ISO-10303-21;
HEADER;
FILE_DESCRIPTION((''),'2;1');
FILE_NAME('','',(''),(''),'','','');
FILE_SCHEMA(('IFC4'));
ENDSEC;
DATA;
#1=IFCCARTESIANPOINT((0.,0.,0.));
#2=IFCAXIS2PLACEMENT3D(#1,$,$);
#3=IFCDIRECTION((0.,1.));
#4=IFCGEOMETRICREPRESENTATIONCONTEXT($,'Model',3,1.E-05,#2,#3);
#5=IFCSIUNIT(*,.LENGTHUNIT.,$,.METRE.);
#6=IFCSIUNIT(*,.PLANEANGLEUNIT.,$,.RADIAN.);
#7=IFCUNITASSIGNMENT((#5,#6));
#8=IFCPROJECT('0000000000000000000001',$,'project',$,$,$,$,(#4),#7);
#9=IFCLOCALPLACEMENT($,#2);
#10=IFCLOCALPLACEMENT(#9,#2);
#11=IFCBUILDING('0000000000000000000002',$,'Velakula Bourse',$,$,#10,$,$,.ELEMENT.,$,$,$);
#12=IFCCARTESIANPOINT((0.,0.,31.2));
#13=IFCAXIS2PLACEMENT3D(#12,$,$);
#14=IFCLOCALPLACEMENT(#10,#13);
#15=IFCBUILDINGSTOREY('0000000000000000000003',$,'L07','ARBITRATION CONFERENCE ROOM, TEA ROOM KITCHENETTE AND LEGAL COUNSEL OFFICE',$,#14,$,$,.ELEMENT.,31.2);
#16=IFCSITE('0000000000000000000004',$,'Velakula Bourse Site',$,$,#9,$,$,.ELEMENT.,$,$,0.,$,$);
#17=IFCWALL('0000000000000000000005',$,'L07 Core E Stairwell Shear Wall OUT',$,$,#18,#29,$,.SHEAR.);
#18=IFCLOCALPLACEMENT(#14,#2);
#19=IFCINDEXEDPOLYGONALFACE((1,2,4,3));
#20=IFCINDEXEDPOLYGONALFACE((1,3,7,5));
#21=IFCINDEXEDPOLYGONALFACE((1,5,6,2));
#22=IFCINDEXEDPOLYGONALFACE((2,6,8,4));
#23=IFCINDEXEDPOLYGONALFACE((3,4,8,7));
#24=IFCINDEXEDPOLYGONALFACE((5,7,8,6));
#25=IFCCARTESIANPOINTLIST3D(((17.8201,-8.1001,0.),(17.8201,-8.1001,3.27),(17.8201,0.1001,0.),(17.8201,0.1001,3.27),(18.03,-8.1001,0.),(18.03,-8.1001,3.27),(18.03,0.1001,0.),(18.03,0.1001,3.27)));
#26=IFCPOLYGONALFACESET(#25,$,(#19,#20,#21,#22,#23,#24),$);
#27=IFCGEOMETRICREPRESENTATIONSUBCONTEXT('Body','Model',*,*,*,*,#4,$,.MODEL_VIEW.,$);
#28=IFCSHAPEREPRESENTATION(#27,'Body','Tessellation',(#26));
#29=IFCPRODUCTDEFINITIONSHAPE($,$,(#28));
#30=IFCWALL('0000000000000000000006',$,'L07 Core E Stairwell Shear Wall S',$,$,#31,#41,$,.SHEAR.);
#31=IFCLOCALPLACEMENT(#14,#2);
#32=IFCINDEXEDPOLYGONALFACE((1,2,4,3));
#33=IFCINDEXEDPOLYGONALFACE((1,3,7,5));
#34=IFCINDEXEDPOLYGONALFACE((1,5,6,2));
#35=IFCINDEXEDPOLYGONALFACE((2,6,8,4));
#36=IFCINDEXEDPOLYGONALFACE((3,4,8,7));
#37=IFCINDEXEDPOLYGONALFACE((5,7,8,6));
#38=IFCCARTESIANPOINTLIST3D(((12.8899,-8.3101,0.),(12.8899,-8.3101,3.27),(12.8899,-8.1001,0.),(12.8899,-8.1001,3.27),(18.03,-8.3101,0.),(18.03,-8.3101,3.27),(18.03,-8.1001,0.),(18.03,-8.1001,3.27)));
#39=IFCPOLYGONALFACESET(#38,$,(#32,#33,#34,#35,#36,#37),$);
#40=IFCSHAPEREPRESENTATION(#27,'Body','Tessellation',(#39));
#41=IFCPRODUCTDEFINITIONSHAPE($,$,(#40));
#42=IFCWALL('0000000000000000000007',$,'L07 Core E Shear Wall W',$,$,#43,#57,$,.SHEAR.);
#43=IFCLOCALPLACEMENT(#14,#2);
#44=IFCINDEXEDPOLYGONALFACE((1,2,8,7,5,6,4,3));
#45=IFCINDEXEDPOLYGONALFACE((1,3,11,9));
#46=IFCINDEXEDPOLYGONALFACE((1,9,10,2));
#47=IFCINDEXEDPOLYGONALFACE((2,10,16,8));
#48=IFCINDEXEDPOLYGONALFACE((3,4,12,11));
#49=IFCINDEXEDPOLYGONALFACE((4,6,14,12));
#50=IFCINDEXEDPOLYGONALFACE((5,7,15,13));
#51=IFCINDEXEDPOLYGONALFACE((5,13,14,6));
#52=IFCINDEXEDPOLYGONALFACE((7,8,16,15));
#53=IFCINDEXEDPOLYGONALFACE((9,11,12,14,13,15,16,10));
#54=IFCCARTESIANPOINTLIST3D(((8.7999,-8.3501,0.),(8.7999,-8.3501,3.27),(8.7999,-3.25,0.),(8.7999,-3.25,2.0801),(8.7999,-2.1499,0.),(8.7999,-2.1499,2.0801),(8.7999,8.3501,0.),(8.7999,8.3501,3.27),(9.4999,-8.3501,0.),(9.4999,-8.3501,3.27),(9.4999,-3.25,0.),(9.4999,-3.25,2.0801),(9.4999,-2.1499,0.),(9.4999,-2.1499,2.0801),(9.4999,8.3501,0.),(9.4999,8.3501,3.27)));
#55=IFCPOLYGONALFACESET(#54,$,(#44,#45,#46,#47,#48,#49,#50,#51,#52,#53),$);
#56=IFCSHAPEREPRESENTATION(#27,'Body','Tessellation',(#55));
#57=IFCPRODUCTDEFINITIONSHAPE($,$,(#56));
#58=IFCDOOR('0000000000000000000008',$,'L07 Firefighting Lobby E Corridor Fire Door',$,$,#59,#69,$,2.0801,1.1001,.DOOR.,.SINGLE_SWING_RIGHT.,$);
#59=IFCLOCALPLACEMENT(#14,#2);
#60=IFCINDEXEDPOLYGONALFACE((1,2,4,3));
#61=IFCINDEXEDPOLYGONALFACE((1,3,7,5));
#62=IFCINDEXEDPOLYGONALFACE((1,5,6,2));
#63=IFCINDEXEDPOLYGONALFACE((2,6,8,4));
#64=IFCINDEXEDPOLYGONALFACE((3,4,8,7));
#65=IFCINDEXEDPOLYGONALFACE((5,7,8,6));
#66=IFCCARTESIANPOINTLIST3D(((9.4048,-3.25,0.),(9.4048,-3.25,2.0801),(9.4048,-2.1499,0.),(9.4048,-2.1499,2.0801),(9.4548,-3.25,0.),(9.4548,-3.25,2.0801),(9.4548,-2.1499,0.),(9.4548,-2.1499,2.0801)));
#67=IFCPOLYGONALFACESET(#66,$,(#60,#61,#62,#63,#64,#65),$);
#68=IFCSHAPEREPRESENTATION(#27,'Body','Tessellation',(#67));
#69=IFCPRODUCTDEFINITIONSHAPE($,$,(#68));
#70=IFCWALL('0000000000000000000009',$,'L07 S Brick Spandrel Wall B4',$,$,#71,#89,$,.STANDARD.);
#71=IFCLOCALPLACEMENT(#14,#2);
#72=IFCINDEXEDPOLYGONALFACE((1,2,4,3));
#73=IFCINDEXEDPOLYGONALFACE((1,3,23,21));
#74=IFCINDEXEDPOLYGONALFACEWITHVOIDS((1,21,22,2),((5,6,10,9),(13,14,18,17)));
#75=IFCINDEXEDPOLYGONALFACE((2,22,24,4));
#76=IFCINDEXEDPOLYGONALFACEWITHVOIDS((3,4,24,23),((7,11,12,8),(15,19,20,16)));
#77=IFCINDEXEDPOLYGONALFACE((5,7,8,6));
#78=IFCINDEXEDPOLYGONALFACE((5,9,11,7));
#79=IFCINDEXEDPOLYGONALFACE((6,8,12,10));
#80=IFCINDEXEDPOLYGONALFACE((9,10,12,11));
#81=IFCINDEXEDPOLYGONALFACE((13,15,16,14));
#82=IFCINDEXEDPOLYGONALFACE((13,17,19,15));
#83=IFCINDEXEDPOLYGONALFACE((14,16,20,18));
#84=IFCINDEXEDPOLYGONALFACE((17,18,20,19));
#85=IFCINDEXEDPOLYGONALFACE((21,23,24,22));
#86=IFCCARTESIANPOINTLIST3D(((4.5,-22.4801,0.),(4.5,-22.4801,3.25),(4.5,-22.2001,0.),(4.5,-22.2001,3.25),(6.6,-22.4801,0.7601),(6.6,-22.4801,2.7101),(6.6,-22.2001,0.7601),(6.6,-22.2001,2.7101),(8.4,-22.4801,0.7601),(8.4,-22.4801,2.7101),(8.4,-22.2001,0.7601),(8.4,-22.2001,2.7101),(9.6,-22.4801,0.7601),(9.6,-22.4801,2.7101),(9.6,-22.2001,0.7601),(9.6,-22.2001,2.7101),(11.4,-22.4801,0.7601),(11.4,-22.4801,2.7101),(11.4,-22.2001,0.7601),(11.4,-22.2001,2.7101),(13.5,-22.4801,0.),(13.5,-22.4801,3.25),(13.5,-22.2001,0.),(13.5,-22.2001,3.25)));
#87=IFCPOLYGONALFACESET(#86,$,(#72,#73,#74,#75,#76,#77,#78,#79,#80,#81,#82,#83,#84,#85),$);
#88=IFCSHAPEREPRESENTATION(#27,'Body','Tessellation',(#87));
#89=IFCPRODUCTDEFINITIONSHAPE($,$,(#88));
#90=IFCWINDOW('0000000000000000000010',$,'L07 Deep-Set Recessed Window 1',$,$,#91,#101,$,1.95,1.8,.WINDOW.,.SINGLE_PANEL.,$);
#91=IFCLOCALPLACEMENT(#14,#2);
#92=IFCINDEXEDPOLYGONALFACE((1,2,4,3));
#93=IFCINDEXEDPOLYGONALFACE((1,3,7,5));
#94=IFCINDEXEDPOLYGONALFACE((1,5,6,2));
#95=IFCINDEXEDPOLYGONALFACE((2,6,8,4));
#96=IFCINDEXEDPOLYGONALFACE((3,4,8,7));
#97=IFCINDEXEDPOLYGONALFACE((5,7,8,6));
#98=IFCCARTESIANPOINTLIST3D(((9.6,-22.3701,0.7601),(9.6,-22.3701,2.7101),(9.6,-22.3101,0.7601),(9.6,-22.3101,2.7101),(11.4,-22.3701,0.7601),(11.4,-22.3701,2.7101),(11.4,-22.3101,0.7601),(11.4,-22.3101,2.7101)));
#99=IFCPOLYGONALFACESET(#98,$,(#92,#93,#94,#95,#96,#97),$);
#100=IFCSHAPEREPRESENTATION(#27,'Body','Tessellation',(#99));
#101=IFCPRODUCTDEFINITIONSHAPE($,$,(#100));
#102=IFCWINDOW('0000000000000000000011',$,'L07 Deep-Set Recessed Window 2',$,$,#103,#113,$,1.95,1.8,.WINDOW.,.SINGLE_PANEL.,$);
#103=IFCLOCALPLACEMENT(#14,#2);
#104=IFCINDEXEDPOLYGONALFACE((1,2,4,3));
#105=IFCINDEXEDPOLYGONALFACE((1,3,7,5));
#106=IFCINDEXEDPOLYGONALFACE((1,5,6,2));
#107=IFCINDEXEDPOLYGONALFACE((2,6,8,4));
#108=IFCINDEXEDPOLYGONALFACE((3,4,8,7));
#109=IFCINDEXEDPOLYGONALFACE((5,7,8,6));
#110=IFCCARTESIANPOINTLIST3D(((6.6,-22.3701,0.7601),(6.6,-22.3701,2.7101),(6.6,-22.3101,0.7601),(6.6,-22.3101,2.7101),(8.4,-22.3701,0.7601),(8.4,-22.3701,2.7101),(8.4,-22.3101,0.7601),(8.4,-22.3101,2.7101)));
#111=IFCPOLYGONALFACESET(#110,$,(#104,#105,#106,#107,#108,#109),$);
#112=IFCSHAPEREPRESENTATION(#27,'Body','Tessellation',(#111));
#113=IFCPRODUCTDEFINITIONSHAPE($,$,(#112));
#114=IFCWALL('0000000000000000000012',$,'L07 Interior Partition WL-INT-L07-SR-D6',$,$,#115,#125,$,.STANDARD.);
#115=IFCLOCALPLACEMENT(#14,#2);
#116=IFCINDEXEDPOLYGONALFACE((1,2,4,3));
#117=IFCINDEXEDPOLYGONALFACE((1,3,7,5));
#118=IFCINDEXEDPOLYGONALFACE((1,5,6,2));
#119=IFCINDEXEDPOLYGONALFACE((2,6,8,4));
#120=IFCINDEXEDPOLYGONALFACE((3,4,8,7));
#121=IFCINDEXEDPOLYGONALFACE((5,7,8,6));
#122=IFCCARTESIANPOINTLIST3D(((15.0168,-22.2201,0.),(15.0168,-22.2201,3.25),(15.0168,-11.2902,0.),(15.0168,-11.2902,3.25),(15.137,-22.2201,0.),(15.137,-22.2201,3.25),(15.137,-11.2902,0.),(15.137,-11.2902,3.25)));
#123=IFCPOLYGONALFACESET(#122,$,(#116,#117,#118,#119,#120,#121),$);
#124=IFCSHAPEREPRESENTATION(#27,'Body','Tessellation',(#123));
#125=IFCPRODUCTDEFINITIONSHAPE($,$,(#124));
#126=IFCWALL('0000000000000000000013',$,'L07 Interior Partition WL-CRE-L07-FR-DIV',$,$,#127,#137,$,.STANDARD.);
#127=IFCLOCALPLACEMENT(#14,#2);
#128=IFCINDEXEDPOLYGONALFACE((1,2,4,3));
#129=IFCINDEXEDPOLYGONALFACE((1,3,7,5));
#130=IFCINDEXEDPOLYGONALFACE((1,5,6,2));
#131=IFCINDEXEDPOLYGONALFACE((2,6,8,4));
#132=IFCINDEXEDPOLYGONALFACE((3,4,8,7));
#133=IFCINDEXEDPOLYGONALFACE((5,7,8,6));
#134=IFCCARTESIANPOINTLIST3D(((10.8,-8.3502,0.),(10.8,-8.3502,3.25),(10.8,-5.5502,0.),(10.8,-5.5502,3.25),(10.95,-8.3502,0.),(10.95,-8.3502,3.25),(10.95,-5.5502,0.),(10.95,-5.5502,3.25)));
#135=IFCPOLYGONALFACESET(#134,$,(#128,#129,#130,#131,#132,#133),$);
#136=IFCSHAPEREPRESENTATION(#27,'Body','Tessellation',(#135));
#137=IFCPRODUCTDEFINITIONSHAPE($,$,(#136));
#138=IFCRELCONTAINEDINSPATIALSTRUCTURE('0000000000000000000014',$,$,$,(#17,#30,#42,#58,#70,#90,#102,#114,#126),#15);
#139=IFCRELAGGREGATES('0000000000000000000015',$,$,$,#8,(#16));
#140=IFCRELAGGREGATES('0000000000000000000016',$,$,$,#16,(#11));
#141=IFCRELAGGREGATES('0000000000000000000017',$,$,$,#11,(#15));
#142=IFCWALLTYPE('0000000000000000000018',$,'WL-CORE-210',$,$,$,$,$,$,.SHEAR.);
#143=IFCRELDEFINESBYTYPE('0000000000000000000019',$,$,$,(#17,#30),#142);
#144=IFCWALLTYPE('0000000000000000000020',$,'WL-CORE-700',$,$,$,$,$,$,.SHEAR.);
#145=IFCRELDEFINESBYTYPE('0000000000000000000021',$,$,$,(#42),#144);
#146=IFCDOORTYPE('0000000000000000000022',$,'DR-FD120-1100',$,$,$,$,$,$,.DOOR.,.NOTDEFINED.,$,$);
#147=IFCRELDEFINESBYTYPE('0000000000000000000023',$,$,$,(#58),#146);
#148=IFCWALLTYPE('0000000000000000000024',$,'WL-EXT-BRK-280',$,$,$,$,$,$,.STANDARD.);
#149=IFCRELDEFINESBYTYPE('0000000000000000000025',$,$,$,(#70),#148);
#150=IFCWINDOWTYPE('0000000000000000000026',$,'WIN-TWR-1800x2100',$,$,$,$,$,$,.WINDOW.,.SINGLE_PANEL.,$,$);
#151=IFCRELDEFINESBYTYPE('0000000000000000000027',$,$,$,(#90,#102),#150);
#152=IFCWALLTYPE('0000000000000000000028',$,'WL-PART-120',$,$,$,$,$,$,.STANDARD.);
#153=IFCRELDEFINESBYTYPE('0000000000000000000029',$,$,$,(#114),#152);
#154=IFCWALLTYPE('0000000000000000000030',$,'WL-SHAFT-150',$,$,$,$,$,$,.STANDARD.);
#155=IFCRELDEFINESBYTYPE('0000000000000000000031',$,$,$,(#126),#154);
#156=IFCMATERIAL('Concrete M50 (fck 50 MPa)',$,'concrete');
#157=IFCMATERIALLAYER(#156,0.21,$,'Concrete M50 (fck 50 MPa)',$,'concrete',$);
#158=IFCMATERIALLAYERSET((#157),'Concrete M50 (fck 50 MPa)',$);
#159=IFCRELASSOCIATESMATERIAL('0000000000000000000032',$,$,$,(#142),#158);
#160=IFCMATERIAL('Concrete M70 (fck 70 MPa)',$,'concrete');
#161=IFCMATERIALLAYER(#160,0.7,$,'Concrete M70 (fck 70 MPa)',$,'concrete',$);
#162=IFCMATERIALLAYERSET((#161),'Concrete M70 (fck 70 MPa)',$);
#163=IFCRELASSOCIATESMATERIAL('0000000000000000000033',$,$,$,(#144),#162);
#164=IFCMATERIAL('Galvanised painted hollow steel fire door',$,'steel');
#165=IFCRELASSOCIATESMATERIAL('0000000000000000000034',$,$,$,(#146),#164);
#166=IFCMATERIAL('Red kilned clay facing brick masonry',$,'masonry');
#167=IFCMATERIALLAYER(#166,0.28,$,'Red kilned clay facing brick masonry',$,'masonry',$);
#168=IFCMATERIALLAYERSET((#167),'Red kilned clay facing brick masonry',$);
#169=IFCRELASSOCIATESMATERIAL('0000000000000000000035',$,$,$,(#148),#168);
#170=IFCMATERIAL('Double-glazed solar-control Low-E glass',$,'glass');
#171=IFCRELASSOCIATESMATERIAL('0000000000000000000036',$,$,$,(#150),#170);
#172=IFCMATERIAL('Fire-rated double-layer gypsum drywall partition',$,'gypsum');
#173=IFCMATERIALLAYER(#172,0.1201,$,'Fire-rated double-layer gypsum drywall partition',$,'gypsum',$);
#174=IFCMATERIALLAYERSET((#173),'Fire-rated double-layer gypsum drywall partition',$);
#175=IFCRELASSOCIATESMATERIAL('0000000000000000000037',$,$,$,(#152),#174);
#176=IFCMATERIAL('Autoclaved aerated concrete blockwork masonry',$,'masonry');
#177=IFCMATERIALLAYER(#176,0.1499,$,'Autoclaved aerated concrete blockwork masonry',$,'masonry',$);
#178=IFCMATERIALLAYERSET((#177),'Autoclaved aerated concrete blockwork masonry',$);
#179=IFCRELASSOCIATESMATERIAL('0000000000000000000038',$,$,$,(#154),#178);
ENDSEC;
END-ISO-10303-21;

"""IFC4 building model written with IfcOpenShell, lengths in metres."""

from ifc_helpers import new_model, si_unit, direction, frame, frame_2d, origin, place, context, subcontext, project, spatial, rectangle, extrude, material, layer, layer_set, type_object, element, fill, save


model = new_model("IFC4")

# Units and contexts
model_context = context("Model", 3, precision=1e-05, world=origin(), true_north=direction((0.0, 1.0)))
body_context = subcontext(model_context, "Body", "Model", "MODEL_VIEW")
ifc_project = project(units=[si_unit("LENGTHUNIT", "METRE"), si_unit("PLANEANGLEUNIT", "RADIAN")], contexts=[model_context])

# Site, building, storey
site_placement = place(None, origin())
site = spatial("IfcSite", under=ifc_project, at=site_placement, Name="Velakula Bourse Site", CompositionType="ELEMENT", RefElevation=0.0)
building_placement = place(site_placement, origin())
building = spatial("IfcBuilding", under=site, at=building_placement, Name="Velakula Bourse", CompositionType="ELEMENT")
storey_placement = place(building_placement, frame((0.0, 0.0, 31.2)))
storey = spatial("IfcBuildingStorey", under=building, at=storey_placement, Name="L07", Description="ARBITRATION CONFERENCE ROOM, TEA ROOM KITCHENETTE AND LEGAL COUNSEL OFFICE", CompositionType="ELEMENT", Elevation=31.2)

# Shared definitions
ifc_material_1 = material(Name="Concrete M50 (fck 50 MPa)", Category="concrete")

# Shared definitions
ifc_layer_1 = layer(ifc_material_1, 0.21, Name="Concrete M50 (fck 50 MPa)", Category="concrete")
ifc_layer_set_1 = layer_set([ifc_layer_1], Name="Concrete M50 (fck 50 MPa)")
wall_type_1 = type_object("IfcWallType", Name="WL-CORE-210", PredefinedType="SHEAR", material=ifc_layer_set_1)
ifc_material_2 = material(Name="Galvanised painted hollow steel fire door", Category="steel")

# Walls
wall_1_placement = place(storey_placement, frame((17.925, -8.1001, 0.0), z_axis=(0.0, 0.0, 1.0), x_axis=(0.0, 1.0, 0.0)))
element("IfcWall", 1, at=wall_1_placement, inside=storey, type_object=wall_type_1, Name="L07 Core E Stairwell Shear Wall OUT", PredefinedType="SHEAR", context=body_context, shape_type="SweptSolid", body=[
    extrude(rectangle(XDim=8.2002, YDim=0.21, at=frame_2d((4.1001, 0.0))), origin(), (0.0, 0.0, 1.0), 3.27),
])
wall_2_placement = place(storey_placement, frame((12.8899, -8.2051, 0.0), z_axis=(0.0, 0.0, 1.0), x_axis=(1.0, 0.0, 0.0)))
element("IfcWall", 2, at=wall_2_placement, inside=storey, type_object=wall_type_1, Name="L07 Core E Stairwell Shear Wall S", PredefinedType="SHEAR", context=body_context, shape_type="SweptSolid", body=[
    extrude(rectangle(XDim=5.1401, YDim=0.21, at=frame_2d((2.5701, 0.0))), origin(), (0.0, 0.0, 1.0), 3.27),
])

# Wall, opening, door
ifc_material_3 = material(Name="Concrete M70 (fck 70 MPa)", Category="concrete")
ifc_layer_2 = layer(ifc_material_3, 0.7, Name="Concrete M70 (fck 70 MPa)", Category="concrete")
ifc_layer_set_2 = layer_set([ifc_layer_2], Name="Concrete M70 (fck 70 MPa)")
wall_type_2 = type_object("IfcWallType", Name="WL-CORE-700", PredefinedType="SHEAR", material=ifc_layer_set_2)
wall_3_placement = place(storey_placement, frame((9.1499, -8.3501, 0.0), z_axis=(0.0, 0.0, 1.0), x_axis=(0.0, 1.0, 0.0)))
wall_3 = element("IfcWall", 3, at=wall_3_placement, inside=storey, type_object=wall_type_2, Name="L07 Core E Shear Wall W", PredefinedType="SHEAR", context=body_context, shape_type="SweptSolid", body=[
    extrude(rectangle(XDim=16.7002, YDim=0.7, at=frame_2d((8.3501, 0.0))), origin(), (0.0, 0.0, 1.0), 3.27),
])
opening_1_placement = place(wall_3_placement, frame((5.1001, 0.0, 0.0)))
opening_1 = element("IfcOpeningElement", 4, at=opening_1_placement, cuts=wall_3, PredefinedType="OPENING", context=body_context, shape_type="SweptSolid", body=[
    extrude(rectangle(XDim=1.1001, YDim=2.0801, at=frame_2d((0.55, 1.04))), frame((0.0, 0.3599, 0.0), z_axis=(0.0, -1.0, 0.0), x_axis=(1.0, 0.0, 0.0)), (0.0, 0.0, 1.0), 0.72),
])
door_type_1 = type_object("IfcDoorType", Name="DR-FD120-1100", OperationType="NOTDEFINED", PredefinedType="DOOR", material=ifc_material_2)
door_1_placement = place(opening_1_placement, origin())
door_1 = element("IfcDoor", 5, at=door_1_placement, inside=storey, type_object=door_type_1, Name="L07 Firefighting Lobby E Corridor Fire Door", OperationType="SINGLE_SWING_RIGHT", OverallHeight=2.0801, OverallWidth=1.1001, PredefinedType="DOOR", context=body_context, shape_type="SweptSolid", body=[
    extrude(rectangle(XDim=1.1001, YDim=2.0801, at=frame_2d((0.55, 1.04))), frame((0.0, -0.2549, 0.0), z_axis=(0.0, -1.0, 0.0), x_axis=(1.0, 0.0, 0.0)), (0.0, 0.0, 1.0), 0.05),
])
fill(opening_1, door_1)

# Wall, openings, windows
ifc_material_4 = material(Name="Red kilned clay facing brick masonry", Category="masonry")
ifc_layer_3 = layer(ifc_material_4, 0.28, Name="Red kilned clay facing brick masonry", Category="masonry")
ifc_layer_set_3 = layer_set([ifc_layer_3], Name="Red kilned clay facing brick masonry")
wall_type_3 = type_object("IfcWallType", Name="WL-EXT-BRK-280", PredefinedType="STANDARD", material=ifc_layer_set_3)
wall_4_placement = place(storey_placement, frame((13.5, -22.3401, 0.0), z_axis=(0.0, 0.0, 1.0), x_axis=(-1.0, 0.0, 0.0)))
wall_4 = element("IfcWall", 6, at=wall_4_placement, inside=storey, type_object=wall_type_3, Name="L07 S Brick Spandrel Wall B4", PredefinedType="STANDARD", context=body_context, shape_type="SweptSolid", body=[
    extrude(rectangle(XDim=9.0, YDim=0.28, at=frame_2d((4.5, 0.0))), origin(), (0.0, 0.0, 1.0), 3.25),
])
opening_2_placement = place(wall_4_placement, frame((2.1001, 0.0, 0.76)))
opening_2 = element("IfcOpeningElement", 7, at=opening_2_placement, cuts=wall_4, PredefinedType="OPENING", context=body_context, shape_type="SweptSolid", body=[
    extrude(rectangle(XDim=1.8, YDim=1.95, at=frame_2d((0.8999, 0.9751))), frame((0.0, 0.1499, 0.0), z_axis=(0.0, -1.0, 0.0), x_axis=(1.0, 0.0, 0.0)), (0.0, 0.0, 1.0), 0.3),
])
opening_3_placement = place(wall_4_placement, frame((5.1001, 0.0, 0.76)))
opening_3 = element("IfcOpeningElement", 8, at=opening_3_placement, cuts=wall_4, PredefinedType="OPENING", context=body_context, shape_type="SweptSolid", body=[
    extrude(rectangle(XDim=1.8, YDim=1.95, at=frame_2d((0.8999, 0.9751))), frame((0.0, 0.1499, 0.0), z_axis=(0.0, -1.0, 0.0), x_axis=(1.0, 0.0, 0.0)), (0.0, 0.0, 1.0), 0.3),
])
ifc_material_5 = material(Name="Double-glazed solar-control Low-E glass", Category="glass")
window_type = type_object("IfcWindowType", Name="WIN-TWR-1800x2100", PartitioningType="SINGLE_PANEL", PredefinedType="WINDOW", material=ifc_material_5)
window_1_placement = place(opening_2_placement, origin())
window_1 = element("IfcWindow", 9, at=window_1_placement, inside=storey, type_object=window_type, Name="L07 Deep-Set Recessed Window 1", OverallHeight=1.95, OverallWidth=1.8, PartitioningType="SINGLE_PANEL", PredefinedType="WINDOW", context=body_context, shape_type="SweptSolid", body=[
    extrude(rectangle(XDim=1.8, YDim=1.95, at=frame_2d((0.8999, 0.9751))), frame((0.0, 0.03, 0.0), z_axis=(0.0, -1.0, 0.0), x_axis=(1.0, 0.0, 0.0)), (0.0, 0.0, 1.0), 0.0601),
])
fill(opening_2, window_1)
window_2_placement = place(opening_3_placement, origin())
window_2 = element("IfcWindow", 10, at=window_2_placement, inside=storey, type_object=window_type, Name="L07 Deep-Set Recessed Window 2", OverallHeight=1.95, OverallWidth=1.8, PartitioningType="SINGLE_PANEL", PredefinedType="WINDOW", context=body_context, shape_type="SweptSolid", body=[
    extrude(rectangle(XDim=1.8, YDim=1.95, at=frame_2d((0.8999, 0.9751))), frame((0.0, 0.03, 0.0), z_axis=(0.0, -1.0, 0.0), x_axis=(1.0, 0.0, 0.0)), (0.0, 0.0, 1.0), 0.0601),
])
fill(opening_3, window_2)

# Wall
ifc_material_6 = material(Name="Fire-rated double-layer gypsum drywall partition", Category="gypsum")
ifc_layer_4 = layer(ifc_material_6, 0.1201, Name="Fire-rated double-layer gypsum drywall partition", Category="gypsum")
ifc_layer_set_4 = layer_set([ifc_layer_4], Name="Fire-rated double-layer gypsum drywall partition")
wall_type_4 = type_object("IfcWallType", Name="WL-PART-120", PredefinedType="STANDARD", material=ifc_layer_set_4)
wall_5_placement = place(storey_placement, frame((15.0769, -22.22, 0.0), z_axis=(0.0, 0.0, 1.0), x_axis=(0.0, 1.0, 0.0)))
element("IfcWall", 11, at=wall_5_placement, inside=storey, type_object=wall_type_4, Name="L07 Interior Partition WL-INT-L07-SR-D6", PredefinedType="STANDARD", context=body_context, shape_type="SweptSolid", body=[
    extrude(rectangle(XDim=10.9299, YDim=0.1201, at=frame_2d((5.4648, 0.0))), origin(), (0.0, 0.0, 1.0), 3.25),
])

# Shared definitions
ifc_material_7 = material(Name="Autoclaved aerated concrete blockwork masonry", Category="masonry")
ifc_layer_5 = layer(ifc_material_7, 0.1499, Name="Autoclaved aerated concrete blockwork masonry", Category="masonry")
ifc_layer_set_5 = layer_set([ifc_layer_5], Name="Autoclaved aerated concrete blockwork masonry")
wall_type_5 = type_object("IfcWallType", Name="WL-SHAFT-150", PredefinedType="STANDARD", material=ifc_layer_set_5)

# Wall
wall_6_placement = place(storey_placement, frame((10.875, -8.3501, 0.0), z_axis=(0.0, 0.0, 1.0), x_axis=(0.0, 1.0, 0.0)))
element("IfcWall", 12, at=wall_6_placement, inside=storey, type_object=wall_type_5, Name="L07 Interior Partition WL-CRE-L07-FR-DIV", PredefinedType="STANDARD", context=body_context, shape_type="SweptSolid", body=[
    extrude(rectangle(XDim=2.8, YDim=0.1499, at=frame_2d((1.3999, 0.0))), origin(), (0.0, 0.0, 1.0), 3.25),
])

save(model, "model.ifc")
